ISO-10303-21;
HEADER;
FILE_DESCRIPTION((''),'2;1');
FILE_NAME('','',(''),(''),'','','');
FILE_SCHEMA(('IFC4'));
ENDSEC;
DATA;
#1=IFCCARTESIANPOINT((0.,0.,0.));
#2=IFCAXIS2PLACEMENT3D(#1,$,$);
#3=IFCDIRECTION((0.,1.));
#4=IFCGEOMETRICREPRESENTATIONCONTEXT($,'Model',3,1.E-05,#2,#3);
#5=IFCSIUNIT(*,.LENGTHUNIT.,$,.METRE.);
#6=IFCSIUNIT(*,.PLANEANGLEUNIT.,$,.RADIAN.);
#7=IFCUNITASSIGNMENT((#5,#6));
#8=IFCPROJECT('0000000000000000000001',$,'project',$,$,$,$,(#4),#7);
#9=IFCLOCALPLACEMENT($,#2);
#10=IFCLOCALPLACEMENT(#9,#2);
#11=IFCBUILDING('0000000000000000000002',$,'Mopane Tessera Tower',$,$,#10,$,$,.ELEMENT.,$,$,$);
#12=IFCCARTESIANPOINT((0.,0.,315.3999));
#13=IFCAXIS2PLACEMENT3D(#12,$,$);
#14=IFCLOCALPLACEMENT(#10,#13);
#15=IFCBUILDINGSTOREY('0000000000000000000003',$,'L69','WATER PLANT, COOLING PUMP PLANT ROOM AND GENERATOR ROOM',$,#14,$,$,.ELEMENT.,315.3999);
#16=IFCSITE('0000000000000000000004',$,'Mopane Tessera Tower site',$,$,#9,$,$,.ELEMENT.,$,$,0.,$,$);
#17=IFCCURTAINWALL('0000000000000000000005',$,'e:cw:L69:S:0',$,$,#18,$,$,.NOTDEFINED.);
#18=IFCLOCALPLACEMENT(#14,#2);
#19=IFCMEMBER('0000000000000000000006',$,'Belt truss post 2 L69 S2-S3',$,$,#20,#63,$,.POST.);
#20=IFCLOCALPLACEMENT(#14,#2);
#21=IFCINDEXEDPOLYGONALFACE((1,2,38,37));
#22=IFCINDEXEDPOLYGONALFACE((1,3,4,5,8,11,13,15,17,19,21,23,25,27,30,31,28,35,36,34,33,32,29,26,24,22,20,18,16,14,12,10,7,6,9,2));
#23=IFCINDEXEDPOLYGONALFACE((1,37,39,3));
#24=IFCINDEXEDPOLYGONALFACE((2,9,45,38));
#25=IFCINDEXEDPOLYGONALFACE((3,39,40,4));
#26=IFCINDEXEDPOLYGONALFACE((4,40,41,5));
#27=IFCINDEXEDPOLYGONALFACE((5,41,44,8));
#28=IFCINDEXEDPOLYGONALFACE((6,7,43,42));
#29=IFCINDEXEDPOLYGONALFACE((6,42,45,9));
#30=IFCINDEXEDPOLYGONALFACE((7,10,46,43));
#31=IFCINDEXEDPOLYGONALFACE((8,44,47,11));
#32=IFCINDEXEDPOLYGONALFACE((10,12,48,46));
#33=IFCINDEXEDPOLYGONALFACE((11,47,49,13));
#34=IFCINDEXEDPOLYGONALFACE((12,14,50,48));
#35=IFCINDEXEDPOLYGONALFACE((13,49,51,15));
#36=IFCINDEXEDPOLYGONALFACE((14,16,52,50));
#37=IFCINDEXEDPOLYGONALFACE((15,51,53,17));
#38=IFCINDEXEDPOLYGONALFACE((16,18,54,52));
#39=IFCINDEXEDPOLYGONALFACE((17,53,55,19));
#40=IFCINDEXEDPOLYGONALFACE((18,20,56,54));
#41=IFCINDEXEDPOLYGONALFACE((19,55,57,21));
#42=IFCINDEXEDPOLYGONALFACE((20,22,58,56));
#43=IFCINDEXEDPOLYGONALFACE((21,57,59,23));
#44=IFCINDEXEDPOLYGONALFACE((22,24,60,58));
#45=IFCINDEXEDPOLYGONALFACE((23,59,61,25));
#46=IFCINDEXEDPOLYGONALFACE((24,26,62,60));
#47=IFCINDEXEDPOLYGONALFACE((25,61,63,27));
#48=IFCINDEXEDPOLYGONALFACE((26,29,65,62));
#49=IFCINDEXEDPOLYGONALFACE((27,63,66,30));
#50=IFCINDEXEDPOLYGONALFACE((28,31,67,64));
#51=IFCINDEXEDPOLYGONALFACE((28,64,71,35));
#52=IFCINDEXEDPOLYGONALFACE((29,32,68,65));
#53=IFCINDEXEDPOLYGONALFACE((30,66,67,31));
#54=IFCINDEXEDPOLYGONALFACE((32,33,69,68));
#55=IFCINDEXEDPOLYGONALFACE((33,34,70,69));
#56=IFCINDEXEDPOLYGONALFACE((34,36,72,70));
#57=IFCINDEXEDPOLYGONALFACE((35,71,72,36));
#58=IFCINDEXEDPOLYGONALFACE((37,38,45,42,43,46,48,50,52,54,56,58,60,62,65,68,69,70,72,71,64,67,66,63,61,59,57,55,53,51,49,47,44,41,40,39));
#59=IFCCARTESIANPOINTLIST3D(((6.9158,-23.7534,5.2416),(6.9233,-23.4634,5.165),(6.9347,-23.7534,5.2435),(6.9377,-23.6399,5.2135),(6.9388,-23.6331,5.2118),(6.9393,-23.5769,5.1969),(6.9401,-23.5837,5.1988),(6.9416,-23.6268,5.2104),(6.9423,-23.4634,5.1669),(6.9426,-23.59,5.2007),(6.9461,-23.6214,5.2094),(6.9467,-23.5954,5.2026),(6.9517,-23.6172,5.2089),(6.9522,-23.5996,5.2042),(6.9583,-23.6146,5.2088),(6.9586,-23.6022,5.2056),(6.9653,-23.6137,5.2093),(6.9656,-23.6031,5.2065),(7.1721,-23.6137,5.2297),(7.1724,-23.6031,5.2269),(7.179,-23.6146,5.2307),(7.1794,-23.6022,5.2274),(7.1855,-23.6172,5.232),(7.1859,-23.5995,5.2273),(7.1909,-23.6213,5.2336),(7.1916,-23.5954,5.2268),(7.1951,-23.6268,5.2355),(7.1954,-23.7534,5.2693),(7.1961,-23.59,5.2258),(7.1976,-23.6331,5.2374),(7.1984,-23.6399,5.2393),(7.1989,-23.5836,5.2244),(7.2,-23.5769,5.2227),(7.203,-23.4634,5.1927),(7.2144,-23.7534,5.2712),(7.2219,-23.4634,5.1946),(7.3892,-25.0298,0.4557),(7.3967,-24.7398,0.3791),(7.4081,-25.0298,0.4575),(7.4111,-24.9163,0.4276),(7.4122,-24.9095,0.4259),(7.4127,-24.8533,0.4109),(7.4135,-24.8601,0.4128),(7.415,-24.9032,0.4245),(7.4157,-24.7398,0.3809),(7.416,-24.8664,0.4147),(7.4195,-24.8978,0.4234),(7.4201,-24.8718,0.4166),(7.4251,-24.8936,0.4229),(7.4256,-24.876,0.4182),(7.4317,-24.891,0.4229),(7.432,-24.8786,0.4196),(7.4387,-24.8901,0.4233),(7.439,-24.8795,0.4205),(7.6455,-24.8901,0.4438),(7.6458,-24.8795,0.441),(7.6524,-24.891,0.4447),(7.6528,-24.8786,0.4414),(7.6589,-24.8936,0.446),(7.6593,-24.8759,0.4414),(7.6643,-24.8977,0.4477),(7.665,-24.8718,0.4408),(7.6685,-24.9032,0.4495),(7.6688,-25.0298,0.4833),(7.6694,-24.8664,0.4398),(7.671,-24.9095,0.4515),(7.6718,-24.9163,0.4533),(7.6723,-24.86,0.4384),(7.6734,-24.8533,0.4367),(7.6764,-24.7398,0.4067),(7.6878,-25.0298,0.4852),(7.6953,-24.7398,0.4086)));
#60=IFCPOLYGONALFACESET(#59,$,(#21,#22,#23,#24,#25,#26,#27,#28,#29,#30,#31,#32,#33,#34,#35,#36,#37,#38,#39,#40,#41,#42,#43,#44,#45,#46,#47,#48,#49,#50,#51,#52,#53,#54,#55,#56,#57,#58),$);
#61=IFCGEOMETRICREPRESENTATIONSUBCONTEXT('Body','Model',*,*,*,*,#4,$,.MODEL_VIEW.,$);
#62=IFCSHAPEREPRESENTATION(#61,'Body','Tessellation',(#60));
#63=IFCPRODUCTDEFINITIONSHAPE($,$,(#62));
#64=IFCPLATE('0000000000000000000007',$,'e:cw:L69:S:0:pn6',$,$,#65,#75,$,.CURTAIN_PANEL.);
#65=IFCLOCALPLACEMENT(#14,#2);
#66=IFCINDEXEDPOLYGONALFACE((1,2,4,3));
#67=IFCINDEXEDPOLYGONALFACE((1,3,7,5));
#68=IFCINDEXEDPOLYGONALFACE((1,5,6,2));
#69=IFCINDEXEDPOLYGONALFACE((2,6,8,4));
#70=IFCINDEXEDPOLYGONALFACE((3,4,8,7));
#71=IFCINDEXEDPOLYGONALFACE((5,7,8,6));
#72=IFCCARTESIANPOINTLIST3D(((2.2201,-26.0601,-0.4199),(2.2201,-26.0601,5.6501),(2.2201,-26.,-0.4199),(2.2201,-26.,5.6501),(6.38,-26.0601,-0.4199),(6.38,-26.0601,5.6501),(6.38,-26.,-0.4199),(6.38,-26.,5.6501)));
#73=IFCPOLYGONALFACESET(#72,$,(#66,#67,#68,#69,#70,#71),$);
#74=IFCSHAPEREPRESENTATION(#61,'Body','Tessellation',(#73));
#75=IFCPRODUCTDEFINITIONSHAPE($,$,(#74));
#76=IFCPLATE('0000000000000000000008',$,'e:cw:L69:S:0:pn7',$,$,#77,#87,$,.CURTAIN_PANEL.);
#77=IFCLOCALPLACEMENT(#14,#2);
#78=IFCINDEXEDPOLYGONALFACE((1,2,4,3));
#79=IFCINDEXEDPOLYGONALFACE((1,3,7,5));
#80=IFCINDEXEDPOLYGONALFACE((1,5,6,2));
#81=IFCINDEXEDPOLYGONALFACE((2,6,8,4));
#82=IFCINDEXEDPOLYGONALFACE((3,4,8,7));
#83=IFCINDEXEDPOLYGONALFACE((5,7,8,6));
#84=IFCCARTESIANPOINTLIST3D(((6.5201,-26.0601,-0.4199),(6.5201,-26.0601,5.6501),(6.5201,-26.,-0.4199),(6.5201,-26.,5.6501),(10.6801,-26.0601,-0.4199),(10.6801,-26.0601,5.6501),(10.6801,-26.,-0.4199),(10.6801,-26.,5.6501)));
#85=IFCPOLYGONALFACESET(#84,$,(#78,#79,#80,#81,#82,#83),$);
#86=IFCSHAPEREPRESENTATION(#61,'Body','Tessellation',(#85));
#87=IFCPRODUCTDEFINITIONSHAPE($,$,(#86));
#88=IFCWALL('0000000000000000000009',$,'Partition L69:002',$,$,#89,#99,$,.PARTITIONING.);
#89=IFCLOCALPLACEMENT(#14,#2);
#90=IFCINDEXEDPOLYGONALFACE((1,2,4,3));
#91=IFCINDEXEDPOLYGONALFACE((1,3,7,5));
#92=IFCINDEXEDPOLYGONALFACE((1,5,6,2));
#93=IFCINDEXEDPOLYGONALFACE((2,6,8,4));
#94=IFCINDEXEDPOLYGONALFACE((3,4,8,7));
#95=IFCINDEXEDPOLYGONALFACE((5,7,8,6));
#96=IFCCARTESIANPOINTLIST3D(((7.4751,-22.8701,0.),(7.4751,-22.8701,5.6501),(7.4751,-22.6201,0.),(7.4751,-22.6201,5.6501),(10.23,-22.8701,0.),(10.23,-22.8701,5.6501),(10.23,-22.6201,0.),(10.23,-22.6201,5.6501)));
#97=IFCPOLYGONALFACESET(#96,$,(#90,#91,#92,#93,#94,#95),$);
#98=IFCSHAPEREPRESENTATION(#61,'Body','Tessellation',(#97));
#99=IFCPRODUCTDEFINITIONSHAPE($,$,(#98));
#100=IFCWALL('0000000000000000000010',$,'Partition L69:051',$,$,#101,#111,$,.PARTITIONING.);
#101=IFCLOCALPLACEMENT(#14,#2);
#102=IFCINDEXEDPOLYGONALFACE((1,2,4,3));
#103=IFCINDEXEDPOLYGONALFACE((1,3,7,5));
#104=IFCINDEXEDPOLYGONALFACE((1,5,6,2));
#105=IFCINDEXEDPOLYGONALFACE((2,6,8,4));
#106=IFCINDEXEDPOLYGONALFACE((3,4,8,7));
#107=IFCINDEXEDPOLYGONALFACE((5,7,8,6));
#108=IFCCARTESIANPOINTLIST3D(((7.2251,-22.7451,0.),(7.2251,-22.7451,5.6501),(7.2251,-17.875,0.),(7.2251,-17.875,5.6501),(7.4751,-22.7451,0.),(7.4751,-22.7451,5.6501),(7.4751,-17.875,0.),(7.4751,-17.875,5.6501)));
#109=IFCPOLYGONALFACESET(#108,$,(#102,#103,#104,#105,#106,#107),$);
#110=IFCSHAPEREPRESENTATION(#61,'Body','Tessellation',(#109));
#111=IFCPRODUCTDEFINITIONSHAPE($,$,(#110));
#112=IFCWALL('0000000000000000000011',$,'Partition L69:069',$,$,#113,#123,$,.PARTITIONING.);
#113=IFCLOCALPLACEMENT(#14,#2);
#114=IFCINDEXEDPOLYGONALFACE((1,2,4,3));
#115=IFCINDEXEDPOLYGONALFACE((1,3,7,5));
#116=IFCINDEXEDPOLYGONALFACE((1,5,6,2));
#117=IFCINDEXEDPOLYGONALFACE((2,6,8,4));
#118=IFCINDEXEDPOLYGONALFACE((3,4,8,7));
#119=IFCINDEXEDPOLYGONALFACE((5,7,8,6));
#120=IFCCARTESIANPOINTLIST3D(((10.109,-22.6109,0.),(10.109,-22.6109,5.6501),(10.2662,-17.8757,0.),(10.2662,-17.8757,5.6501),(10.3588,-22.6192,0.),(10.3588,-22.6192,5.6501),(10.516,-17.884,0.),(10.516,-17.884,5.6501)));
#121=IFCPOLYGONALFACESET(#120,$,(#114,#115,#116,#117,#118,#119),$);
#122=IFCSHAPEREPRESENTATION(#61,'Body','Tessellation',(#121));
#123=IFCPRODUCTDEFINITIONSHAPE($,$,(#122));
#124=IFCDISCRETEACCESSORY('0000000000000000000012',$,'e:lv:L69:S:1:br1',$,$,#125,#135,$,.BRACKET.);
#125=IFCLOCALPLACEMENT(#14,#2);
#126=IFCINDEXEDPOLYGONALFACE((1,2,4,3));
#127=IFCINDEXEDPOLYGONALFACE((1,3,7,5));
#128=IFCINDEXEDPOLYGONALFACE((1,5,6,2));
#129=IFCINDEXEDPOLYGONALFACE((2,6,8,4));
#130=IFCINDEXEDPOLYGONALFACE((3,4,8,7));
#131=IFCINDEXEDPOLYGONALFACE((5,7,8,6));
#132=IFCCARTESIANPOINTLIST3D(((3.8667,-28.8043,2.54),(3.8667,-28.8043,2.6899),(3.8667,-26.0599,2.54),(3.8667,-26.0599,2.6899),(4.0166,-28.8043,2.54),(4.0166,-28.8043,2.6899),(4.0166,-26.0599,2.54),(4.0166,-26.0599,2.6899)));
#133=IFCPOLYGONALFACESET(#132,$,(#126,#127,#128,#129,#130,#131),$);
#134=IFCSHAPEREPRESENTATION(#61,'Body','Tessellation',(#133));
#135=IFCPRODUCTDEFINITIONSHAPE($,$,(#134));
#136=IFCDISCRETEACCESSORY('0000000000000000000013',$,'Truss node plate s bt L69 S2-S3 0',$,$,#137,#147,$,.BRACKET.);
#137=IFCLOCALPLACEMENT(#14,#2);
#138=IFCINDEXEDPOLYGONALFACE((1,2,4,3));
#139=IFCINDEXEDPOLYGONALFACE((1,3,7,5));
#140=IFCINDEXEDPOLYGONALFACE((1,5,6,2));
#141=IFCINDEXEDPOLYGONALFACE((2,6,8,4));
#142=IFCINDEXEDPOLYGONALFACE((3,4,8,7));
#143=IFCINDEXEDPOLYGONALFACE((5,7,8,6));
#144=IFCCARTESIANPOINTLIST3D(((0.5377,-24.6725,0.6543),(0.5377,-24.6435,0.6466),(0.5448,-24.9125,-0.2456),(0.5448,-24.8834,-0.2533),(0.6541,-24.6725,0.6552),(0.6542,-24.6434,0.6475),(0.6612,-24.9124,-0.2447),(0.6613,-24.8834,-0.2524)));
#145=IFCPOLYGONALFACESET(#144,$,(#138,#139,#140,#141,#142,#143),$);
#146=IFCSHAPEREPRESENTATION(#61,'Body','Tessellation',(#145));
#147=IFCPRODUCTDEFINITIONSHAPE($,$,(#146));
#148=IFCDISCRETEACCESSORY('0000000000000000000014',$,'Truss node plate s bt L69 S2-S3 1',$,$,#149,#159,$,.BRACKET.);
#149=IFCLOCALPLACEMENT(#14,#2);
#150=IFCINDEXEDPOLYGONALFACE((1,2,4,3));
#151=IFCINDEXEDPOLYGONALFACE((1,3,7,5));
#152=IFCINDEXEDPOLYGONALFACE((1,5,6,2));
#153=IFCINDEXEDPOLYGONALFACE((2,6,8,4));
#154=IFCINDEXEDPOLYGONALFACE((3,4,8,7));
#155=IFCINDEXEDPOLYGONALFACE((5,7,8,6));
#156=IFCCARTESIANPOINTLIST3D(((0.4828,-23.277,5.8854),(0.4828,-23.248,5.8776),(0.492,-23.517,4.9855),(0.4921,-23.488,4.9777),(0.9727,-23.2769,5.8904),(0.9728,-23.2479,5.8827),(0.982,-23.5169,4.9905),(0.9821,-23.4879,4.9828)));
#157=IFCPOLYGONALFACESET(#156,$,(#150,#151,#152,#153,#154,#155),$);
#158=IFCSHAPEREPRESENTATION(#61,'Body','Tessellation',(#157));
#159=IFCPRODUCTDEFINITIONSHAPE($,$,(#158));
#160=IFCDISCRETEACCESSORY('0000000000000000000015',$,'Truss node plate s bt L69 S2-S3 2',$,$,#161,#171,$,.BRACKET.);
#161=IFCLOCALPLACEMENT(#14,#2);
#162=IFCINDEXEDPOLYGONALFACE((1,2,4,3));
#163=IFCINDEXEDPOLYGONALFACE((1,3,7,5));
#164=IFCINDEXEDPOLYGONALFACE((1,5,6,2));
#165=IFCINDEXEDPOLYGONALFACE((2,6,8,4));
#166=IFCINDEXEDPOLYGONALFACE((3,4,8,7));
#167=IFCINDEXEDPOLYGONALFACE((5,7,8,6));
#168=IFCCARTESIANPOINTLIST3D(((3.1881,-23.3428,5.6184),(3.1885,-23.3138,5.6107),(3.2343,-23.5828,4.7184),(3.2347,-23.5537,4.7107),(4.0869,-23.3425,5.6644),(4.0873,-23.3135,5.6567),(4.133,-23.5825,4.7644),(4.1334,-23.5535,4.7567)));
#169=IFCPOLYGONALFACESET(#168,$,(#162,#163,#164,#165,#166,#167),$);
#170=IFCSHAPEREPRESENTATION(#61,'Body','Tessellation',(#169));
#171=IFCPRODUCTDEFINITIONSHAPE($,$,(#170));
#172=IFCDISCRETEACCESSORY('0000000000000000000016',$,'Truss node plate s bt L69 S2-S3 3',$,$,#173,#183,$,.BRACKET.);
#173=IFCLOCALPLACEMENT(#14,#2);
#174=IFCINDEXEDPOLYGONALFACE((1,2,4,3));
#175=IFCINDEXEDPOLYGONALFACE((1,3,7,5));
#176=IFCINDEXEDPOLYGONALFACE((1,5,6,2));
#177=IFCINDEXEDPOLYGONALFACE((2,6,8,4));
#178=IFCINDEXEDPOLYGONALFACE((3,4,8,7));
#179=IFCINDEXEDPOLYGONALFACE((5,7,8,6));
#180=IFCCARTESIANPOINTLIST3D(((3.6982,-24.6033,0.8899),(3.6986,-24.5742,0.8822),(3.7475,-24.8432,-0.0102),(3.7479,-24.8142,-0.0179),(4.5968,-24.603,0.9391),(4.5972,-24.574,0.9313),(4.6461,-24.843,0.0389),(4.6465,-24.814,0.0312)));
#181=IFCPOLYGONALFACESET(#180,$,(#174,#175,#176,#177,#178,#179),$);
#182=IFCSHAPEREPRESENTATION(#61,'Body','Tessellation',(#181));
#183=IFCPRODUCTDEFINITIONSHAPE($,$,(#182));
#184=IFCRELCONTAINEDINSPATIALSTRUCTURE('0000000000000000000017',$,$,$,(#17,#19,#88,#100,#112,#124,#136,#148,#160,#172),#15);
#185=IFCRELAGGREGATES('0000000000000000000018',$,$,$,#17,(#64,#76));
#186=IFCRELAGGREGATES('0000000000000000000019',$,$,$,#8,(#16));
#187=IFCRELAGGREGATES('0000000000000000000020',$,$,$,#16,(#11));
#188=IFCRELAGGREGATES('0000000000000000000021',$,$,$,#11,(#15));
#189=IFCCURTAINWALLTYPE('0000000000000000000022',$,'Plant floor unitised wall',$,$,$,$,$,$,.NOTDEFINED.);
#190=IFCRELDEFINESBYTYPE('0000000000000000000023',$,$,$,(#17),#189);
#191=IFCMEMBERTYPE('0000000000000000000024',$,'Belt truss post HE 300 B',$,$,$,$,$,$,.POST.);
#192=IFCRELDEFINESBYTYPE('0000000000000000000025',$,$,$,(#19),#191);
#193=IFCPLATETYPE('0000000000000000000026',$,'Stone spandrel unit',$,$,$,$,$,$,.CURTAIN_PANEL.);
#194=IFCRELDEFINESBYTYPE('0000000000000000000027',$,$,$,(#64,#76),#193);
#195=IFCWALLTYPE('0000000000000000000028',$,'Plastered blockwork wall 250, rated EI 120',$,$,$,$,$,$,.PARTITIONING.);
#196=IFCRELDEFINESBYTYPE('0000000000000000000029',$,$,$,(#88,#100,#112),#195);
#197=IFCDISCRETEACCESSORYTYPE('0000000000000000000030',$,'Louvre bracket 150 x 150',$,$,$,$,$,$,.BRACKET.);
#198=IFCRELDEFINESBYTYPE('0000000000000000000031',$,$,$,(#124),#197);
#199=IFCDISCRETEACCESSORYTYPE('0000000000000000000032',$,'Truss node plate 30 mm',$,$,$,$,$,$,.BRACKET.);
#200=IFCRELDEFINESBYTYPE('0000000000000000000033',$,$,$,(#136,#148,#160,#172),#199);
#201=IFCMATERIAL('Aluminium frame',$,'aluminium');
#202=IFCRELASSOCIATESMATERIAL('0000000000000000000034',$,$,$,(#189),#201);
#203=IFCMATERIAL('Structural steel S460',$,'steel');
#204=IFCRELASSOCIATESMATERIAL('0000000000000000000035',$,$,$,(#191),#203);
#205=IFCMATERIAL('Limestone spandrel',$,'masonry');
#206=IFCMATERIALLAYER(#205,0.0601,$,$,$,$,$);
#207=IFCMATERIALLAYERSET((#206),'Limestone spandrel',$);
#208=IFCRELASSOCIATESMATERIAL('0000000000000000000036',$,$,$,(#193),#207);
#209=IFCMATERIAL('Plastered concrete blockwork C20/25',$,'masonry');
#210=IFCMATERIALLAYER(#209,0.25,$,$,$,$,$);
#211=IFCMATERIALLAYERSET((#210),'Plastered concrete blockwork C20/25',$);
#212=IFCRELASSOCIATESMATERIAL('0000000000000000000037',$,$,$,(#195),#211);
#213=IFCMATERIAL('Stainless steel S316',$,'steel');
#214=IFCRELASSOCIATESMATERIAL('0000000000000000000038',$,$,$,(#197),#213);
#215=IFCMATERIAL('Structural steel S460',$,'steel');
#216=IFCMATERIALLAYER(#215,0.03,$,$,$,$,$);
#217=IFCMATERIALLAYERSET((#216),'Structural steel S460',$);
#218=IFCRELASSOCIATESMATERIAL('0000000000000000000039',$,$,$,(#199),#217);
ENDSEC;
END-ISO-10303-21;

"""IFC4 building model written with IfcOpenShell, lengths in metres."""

from ifc_helpers import new_model, si_unit, direction, frame, frame_2d, origin, origin_2d, place, context, subcontext, project, spatial, rectangle, i_section, extrude, material, layer, layer_set, material_profile, profile_set, type_object, element, aggregate, save


model = new_model("IFC4")

# Units and contexts
model_context = context("Model", 3, precision=1e-05, world=origin(), true_north=direction((0.0, 1.0)))
body_context = subcontext(model_context, "Body", "Model", "MODEL_VIEW")
ifc_project = project(units=[si_unit("LENGTHUNIT", "METRE"), si_unit("PLANEANGLEUNIT", "RADIAN")], contexts=[model_context])

# Site, building, storey
site_placement = place(None, origin())
site = spatial("IfcSite", under=ifc_project, at=site_placement, Name="Mopane Tessera Tower site", CompositionType="ELEMENT", RefElevation=0.0)
building_placement = place(site_placement, origin())
building = spatial("IfcBuilding", under=site, at=building_placement, Name="Mopane Tessera Tower", CompositionType="ELEMENT")
storey_placement = place(building_placement, frame((0.0, 0.0, 315.3999)))
storey = spatial("IfcBuildingStorey", under=building, at=storey_placement, Name="L69", Description="WATER PLANT, COOLING PUMP PLANT ROOM AND GENERATOR ROOM", CompositionType="ELEMENT", Elevation=315.3999)

# Curtain wall
ifc_material_1 = material(Name="Aluminium frame", Category="aluminium")
curtain_wall_type = type_object("IfcCurtainWallType", Name="Plant floor unitised wall", PredefinedType="NOTDEFINED", material=ifc_material_1)
curtain_wall_placement = place(storey_placement, origin())
curtain_wall = element("IfcCurtainWall", 1, at=curtain_wall_placement, inside=storey, type_object=curtain_wall_type, Name="e:cw:L69:S:0", PredefinedType="NOTDEFINED")

# Member
ifc_material_2 = material(Name="Structural steel S460", Category="steel")
ifc_material_profile_1 = material_profile(ifc_material_2, i_section(OverallWidth=0.3, OverallDepth=0.3, WebThickness=0.011, FlangeThickness=0.019, FilletRadius=0.0271, at=origin_2d()))
ifc_profile_set_1 = profile_set([ifc_material_profile_1], Name="Structural steel S460")
member_type_1 = type_object("IfcMemberType", Name="Belt truss post HE 300 B", PredefinedType="POST", material=ifc_profile_set_1)
member_1_placement = place(storey_placement, frame((7.5422, -24.8848, 0.4321), z_axis=(-0.095139, 0.256518, 0.961846), x_axis=(0.02519, 0.966539, -0.255279)))
element("IfcMember", 2, at=member_1_placement, inside=storey, type_object=member_type_1, Name="Belt truss post 2 L69 S2-S3", PredefinedType="POST", context=body_context, shape_type="SweptSolid", body=[
    extrude(i_section(OverallWidth=0.3, OverallDepth=0.3, WebThickness=0.011, FlangeThickness=0.019, FilletRadius=0.0271, at=origin_2d()), origin(), (0.0, 0.0, 1.0), 4.9758),
])

# Plates
ifc_material_3 = material(Name="Limestone spandrel", Category="masonry")
ifc_layer_1 = layer(ifc_material_3, 0.0601)
ifc_layer_set_1 = layer_set([ifc_layer_1], Name="Limestone spandrel")
plate_type = type_object("IfcPlateType", Name="Stone spandrel unit", PredefinedType="CURTAIN_PANEL", material=ifc_layer_set_1)
plate_1_placement = place(storey_placement, frame((4.3, -26.03, -0.4199), z_axis=(0.0, 0.0, 1.0), x_axis=(1.0, 0.0, 0.0)))
plate_1 = element("IfcPlate", 3, at=plate_1_placement, type_object=plate_type, Name="e:cw:L69:S:0:pn6", PredefinedType="CURTAIN_PANEL", context=body_context, shape_type="SweptSolid", body=[
    extrude(rectangle(XDim=4.1599, YDim=0.0601, at=origin_2d()), origin(), (0.0, 0.0, 1.0), 6.0701),
])
plate_2_placement = place(storey_placement, frame((8.6001, -26.03, -0.4199), z_axis=(0.0, 0.0, 1.0), x_axis=(1.0, 0.0, 0.0)))
plate_2 = element("IfcPlate", 4, at=plate_2_placement, type_object=plate_type, Name="e:cw:L69:S:0:pn7", PredefinedType="CURTAIN_PANEL", context=body_context, shape_type="SweptSolid", body=[
    extrude(rectangle(XDim=4.1599, YDim=0.0601, at=origin_2d()), origin(), (0.0, 0.0, 1.0), 6.0701),
])
aggregate(curtain_wall, [plate_1, plate_2])

# Walls
ifc_material_4 = material(Name="Plastered concrete blockwork C20/25", Category="masonry")
ifc_layer_2 = layer(ifc_material_4, 0.25)
ifc_layer_set_2 = layer_set([ifc_layer_2], Name="Plastered concrete blockwork C20/25")
wall_type = type_object("IfcWallType", Name="Plastered blockwork wall 250, rated EI 120", PredefinedType="PARTITIONING", material=ifc_layer_set_2)
wall_1_placement = place(storey_placement, frame((7.4751, -22.7451, 0.0), z_axis=(0.0, 0.0, 1.0), x_axis=(1.0, 0.0, 0.0)))
element("IfcWall", 5, at=wall_1_placement, inside=storey, type_object=wall_type, Name="Partition L69:002", PredefinedType="PARTITIONING", context=body_context, shape_type="SweptSolid", body=[
    extrude(rectangle(XDim=2.7549, YDim=0.25, at=frame_2d((1.3774, 0.0))), origin(), (0.0, 0.0, 1.0), 5.6501),
])
wall_2_placement = place(storey_placement, frame((7.3501, -22.7451, 0.0), z_axis=(0.0, 0.0, 1.0), x_axis=(0.0, 1.0, 0.0)))
element("IfcWall", 6, at=wall_2_placement, inside=storey, type_object=wall_type, Name="Partition L69:051", PredefinedType="PARTITIONING", context=body_context, shape_type="SweptSolid", body=[
    extrude(rectangle(XDim=4.8701, YDim=0.25, at=frame_2d((2.4351, 0.0))), origin(), (0.0, 0.0, 1.0), 5.6501),
])
wall_3_placement = place(storey_placement, frame((10.3911, -17.8799, 0.0), z_axis=(0.0, 0.0, 1.0), x_axis=(-0.033186, -0.999449, 0.0)))
element("IfcWall", 7, at=wall_3_placement, inside=storey, type_object=wall_type, Name="Partition L69:069", PredefinedType="PARTITIONING", context=body_context, shape_type="SweptSolid", body=[
    extrude(rectangle(XDim=4.7378, YDim=0.25, at=frame_2d((2.3689, 0.0))), origin(), (0.0, 0.0, 1.0), 5.6501),
])

# Discrete accessories
ifc_material_5 = material(Name="Stainless steel S316", Category="steel")
discrete_accessory_type_1 = type_object("IfcDiscreteAccessoryType", Name="Louvre bracket 150 x 150", PredefinedType="BRACKET", material=ifc_material_5)
discrete_accessory_1_placement = place(storey_placement, frame((3.9417, -27.4321, 2.54), z_axis=(0.0, 0.0, 1.0), x_axis=(0.0, -1.0, 0.0)))
element("IfcDiscreteAccessory", 8, at=discrete_accessory_1_placement, inside=storey, type_object=discrete_accessory_type_1, Name="e:lv:L69:S:1:br1", PredefinedType="BRACKET", context=body_context, shape_type="SweptSolid", body=[
    extrude(rectangle(XDim=2.7444, YDim=0.1499, at=origin_2d()), origin(), (0.0, 0.0, 1.0), 0.1499),
])
ifc_material_6 = material(Name="Structural steel S460", Category="steel")
ifc_layer_3 = layer(ifc_material_6, 0.03)
ifc_layer_set_3 = layer_set([ifc_layer_3], Name="Structural steel S460")
discrete_accessory_type_2 = type_object("IfcDiscreteAccessoryType", Name="Truss node plate 30 mm", PredefinedType="BRACKET", material=ifc_layer_set_3)
discrete_accessory_2_placement = place(storey_placement, frame((0.603, -24.8979, -0.249), z_axis=(-0.007602, 0.257672, 0.966203), x_axis=(0.001902, 0.966233, -0.257665)))
element("IfcDiscreteAccessory", 9, at=discrete_accessory_2_placement, inside=storey, type_object=discrete_accessory_type_2, Name="Truss node plate s bt L69 S2-S3 0", PredefinedType="BRACKET", context=body_context, shape_type="SweptSolid", body=[
    extrude(rectangle(XDim=0.03, YDim=0.1165, at=origin_2d()), origin(), (0.0, 0.0, 1.0), 0.9314),
])
discrete_accessory_3_placement = place(storey_placement, frame((0.7371, -23.5024, 4.9841), z_axis=(-0.009961, 0.257666, 0.966183), x_axis=(0.002535, 0.966234, -0.257654)))
element("IfcDiscreteAccessory", 10, at=discrete_accessory_3_placement, inside=storey, type_object=discrete_accessory_type_2, Name="Truss node plate s bt L69 S2-S3 1", PredefinedType="BRACKET", context=body_context, shape_type="SweptSolid", body=[
    extrude(rectangle(XDim=0.03, YDim=0.49, at=origin_2d()), origin(), (0.0, 0.0, 1.0), 0.9314),
])
discrete_accessory_4_placement = place(storey_placement, frame((3.6838, -23.5681, 4.7375), z_axis=(-0.04947, 0.257298, 0.965065), x_axis=(0.012867, 0.966332, -0.256977)))
element("IfcDiscreteAccessory", 11, at=discrete_accessory_4_placement, inside=storey, type_object=discrete_accessory_type_2, Name="Truss node plate s bt L69 S2-S3 2", PredefinedType="BRACKET", context=body_context, shape_type="SweptSolid", body=[
    extrude(rectangle(XDim=0.03, YDim=0.8999, at=origin_2d()), origin(), (0.0, 0.0, 1.0), 0.9326),
])
discrete_accessory_5_placement = place(storey_placement, frame((4.197, -24.8286, 0.0105), z_axis=(-0.052864, 0.257254, 0.964897), x_axis=(0.013806, 0.966344, -0.256883)))
element("IfcDiscreteAccessory", 12, at=discrete_accessory_5_placement, inside=storey, type_object=discrete_accessory_type_2, Name="Truss node plate s bt L69 S2-S3 3", PredefinedType="BRACKET", context=body_context, shape_type="SweptSolid", body=[
    extrude(rectangle(XDim=0.03, YDim=0.8999, at=origin_2d()), origin(), (0.0, 0.0, 1.0), 0.9329),
])

save(model, "model.ifc")
